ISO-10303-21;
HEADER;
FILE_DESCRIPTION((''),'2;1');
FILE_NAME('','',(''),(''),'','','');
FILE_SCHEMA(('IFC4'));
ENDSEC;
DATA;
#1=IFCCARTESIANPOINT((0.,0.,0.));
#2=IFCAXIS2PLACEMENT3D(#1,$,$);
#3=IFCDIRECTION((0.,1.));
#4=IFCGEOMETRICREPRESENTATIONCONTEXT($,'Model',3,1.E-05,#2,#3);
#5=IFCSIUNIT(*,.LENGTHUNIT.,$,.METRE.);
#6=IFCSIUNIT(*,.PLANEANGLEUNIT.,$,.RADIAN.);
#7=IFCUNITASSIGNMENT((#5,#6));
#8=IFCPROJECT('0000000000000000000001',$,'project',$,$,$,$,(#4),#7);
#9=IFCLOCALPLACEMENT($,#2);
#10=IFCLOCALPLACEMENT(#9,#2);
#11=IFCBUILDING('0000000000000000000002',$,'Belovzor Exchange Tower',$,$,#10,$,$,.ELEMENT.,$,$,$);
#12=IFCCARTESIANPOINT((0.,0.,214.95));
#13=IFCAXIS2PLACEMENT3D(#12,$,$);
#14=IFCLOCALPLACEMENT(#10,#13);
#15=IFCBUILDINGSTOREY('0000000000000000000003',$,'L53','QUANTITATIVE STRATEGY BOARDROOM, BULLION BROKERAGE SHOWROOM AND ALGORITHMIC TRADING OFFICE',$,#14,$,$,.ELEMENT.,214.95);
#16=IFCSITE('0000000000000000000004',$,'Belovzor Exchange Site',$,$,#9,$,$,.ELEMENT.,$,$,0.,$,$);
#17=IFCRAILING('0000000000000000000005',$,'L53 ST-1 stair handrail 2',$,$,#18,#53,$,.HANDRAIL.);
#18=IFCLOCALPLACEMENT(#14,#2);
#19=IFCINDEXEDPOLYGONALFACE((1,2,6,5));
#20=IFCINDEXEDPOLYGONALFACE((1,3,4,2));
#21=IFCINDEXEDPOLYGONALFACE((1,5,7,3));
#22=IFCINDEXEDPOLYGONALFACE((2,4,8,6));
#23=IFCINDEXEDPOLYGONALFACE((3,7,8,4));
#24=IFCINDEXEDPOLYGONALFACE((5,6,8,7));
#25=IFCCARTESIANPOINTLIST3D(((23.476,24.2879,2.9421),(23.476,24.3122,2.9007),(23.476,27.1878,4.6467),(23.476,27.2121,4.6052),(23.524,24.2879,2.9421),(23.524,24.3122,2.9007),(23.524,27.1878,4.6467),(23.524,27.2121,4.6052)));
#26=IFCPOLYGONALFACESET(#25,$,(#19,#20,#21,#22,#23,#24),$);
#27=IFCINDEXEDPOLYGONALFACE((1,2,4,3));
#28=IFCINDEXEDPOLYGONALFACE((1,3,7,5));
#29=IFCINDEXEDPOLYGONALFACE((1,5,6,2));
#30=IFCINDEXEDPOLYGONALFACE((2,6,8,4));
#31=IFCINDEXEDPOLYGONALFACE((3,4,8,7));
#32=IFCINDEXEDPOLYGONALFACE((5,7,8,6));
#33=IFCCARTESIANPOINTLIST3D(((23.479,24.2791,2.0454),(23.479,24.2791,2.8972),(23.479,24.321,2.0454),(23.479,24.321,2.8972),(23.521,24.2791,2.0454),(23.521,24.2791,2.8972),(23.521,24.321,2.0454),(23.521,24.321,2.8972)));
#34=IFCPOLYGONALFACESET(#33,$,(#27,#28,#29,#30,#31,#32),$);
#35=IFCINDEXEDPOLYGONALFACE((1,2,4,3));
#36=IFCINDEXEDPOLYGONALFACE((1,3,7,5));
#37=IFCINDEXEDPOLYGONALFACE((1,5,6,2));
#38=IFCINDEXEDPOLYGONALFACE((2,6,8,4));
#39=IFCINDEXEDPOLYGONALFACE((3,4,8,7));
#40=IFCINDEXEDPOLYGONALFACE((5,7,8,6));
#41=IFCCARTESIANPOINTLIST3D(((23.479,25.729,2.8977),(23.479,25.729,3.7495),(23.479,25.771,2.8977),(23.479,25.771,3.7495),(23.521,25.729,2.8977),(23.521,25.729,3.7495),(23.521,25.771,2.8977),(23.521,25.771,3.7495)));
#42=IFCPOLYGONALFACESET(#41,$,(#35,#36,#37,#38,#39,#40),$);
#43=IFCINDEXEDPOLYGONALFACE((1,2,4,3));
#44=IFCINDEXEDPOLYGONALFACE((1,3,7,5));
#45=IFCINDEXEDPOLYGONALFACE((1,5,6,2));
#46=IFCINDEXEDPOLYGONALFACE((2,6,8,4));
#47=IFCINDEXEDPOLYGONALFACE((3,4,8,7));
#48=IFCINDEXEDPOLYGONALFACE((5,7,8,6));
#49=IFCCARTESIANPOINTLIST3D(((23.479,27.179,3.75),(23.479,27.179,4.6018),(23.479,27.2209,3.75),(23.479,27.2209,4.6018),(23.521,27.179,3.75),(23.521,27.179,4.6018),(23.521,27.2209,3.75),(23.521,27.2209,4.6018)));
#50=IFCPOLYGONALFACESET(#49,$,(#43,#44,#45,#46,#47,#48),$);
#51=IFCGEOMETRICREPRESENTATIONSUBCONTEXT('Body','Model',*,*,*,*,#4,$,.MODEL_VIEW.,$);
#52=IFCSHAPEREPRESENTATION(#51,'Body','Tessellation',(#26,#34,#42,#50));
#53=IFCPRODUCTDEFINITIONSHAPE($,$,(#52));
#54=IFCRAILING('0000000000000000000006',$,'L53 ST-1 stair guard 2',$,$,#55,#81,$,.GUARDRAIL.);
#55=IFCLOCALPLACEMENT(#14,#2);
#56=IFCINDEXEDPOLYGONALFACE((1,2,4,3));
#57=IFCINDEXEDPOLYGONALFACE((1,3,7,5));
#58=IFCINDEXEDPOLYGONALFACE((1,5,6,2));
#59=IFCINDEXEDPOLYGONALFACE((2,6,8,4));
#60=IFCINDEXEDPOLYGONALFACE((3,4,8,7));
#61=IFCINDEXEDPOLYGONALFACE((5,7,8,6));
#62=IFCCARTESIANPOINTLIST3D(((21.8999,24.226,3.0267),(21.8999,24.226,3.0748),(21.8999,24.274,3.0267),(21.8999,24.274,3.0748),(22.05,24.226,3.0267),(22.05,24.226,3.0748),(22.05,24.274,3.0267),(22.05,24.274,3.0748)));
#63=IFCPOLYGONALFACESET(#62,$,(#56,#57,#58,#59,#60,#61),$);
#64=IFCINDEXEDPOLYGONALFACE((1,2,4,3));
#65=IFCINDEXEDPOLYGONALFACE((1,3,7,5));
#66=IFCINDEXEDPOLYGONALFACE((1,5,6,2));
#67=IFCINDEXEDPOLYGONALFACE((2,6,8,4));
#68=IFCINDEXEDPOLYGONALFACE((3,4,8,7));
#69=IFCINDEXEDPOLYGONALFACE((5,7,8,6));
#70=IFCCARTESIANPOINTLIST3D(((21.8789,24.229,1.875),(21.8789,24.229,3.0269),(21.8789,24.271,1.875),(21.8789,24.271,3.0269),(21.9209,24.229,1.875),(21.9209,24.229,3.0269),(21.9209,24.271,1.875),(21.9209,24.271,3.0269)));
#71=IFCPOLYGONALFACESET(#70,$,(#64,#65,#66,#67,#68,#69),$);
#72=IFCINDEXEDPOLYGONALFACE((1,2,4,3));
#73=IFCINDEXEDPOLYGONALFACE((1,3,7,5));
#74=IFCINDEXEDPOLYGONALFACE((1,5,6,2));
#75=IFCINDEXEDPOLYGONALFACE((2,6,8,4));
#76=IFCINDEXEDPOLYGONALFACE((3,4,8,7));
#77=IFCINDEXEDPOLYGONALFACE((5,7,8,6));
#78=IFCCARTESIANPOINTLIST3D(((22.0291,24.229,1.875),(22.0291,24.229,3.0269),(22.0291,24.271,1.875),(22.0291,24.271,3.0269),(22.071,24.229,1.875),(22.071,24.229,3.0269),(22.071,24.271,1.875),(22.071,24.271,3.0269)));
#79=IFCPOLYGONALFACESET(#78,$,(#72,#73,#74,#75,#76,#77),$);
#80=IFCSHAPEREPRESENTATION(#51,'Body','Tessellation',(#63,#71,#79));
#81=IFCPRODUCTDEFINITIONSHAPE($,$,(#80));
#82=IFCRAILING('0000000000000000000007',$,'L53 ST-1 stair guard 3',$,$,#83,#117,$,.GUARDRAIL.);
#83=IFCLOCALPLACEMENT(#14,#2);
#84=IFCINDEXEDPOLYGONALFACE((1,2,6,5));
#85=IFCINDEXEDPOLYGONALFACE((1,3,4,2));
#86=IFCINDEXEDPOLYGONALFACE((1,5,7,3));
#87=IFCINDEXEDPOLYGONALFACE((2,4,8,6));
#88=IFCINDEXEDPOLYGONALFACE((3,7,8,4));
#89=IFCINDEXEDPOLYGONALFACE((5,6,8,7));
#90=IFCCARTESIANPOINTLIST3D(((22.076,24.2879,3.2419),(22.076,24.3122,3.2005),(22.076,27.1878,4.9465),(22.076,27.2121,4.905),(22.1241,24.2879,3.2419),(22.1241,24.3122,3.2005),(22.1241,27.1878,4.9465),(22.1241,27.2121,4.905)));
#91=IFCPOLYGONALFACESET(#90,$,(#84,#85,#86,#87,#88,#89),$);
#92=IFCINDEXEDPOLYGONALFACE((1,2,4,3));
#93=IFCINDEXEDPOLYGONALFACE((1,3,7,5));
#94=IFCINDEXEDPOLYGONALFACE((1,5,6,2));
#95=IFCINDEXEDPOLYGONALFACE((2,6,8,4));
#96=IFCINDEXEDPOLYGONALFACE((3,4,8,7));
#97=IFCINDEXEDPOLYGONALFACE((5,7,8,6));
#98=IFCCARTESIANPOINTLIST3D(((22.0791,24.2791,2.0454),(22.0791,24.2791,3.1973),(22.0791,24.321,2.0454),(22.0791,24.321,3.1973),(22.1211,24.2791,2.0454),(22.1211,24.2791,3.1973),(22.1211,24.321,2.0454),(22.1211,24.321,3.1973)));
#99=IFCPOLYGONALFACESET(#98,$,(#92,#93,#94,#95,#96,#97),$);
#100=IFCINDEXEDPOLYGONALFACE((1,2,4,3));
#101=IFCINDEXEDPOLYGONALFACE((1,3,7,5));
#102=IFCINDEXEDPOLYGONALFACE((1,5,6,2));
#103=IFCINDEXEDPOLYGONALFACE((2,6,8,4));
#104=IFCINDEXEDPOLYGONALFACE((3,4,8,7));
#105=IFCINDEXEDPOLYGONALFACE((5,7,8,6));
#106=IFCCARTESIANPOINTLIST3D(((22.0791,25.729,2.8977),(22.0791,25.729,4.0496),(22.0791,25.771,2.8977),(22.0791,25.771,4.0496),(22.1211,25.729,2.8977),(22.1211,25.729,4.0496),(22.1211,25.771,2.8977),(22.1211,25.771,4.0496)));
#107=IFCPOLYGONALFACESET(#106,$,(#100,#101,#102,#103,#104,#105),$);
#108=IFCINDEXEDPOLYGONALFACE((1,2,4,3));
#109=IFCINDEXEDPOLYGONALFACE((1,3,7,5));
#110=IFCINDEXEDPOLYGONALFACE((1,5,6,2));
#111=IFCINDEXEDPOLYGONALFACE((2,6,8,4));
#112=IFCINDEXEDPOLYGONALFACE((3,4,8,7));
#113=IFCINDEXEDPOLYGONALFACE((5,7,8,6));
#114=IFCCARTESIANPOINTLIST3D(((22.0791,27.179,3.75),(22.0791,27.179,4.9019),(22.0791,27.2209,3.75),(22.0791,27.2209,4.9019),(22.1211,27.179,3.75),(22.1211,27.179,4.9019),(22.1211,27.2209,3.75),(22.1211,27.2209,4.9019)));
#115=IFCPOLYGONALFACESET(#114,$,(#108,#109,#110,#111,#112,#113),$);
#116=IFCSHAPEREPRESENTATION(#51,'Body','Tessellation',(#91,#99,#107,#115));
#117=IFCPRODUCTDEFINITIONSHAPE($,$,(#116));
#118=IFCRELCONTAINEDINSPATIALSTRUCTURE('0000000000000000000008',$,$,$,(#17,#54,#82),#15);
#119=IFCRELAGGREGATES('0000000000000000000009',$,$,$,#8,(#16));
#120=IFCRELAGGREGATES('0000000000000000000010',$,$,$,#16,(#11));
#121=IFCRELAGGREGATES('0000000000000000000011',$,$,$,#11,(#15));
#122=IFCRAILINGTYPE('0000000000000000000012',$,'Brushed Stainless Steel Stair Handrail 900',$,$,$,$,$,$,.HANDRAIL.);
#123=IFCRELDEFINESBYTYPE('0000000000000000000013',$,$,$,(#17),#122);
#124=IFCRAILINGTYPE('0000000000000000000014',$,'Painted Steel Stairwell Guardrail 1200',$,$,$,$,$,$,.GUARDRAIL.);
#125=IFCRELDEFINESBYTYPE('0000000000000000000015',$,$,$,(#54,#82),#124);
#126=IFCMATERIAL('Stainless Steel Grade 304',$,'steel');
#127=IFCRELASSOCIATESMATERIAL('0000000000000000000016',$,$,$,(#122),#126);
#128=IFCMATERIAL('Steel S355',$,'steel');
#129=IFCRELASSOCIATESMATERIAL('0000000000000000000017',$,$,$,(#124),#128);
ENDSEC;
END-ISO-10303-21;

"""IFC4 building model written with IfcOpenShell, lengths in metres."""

from ifc_helpers import new_model, si_unit, direction, frame, origin, origin_2d, place, context, subcontext, project, spatial, rectangle, extrude, material, type_object, element, save


model = new_model("IFC4")

# Units and contexts
model_context = context("Model", 3, precision=1e-05, world=origin(), true_north=direction((0.0, 1.0)))
body_context = subcontext(model_context, "Body", "Model", "MODEL_VIEW")
ifc_project = project(units=[si_unit("LENGTHUNIT", "METRE"), si_unit("PLANEANGLEUNIT", "RADIAN")], contexts=[model_context])

# Site, building, storey
site_placement = place(None, origin())
site = spatial("IfcSite", under=ifc_project, at=site_placement, Name="Belovzor Exchange Site", CompositionType="ELEMENT", RefElevation=0.0)
building_placement = place(site_placement, origin())
building = spatial("IfcBuilding", under=site, at=building_placement, Name="Belovzor Exchange Tower", CompositionType="ELEMENT")
storey_placement = place(building_placement, frame((0.0, 0.0, 214.95)))
storey = spatial("IfcBuildingStorey", under=building, at=storey_placement, Name="L53", Description="QUANTITATIVE STRATEGY BOARDROOM, BULLION BROKERAGE SHOWROOM AND ALGORITHMIC TRADING OFFICE", CompositionType="ELEMENT", Elevation=214.95)

# Railings
ifc_material_1 = material(Name="Stainless Steel Grade 304", Category="steel")
railing_type_1 = type_object("IfcRailingType", Name="Brushed Stainless Steel Stair Handrail 900", PredefinedType="HANDRAIL", material=ifc_material_1)
railing_1_placement = place(storey_placement, frame((23.5, 24.3, 2.0454)))
element("IfcRailing", 1, at=railing_1_placement, inside=storey, type_object=railing_type_1, Name="L53 ST-1 stair handrail 2", PredefinedType="HANDRAIL", context=body_context, shape_type="SweptSolid", body=[
    extrude(rectangle(XDim=0.0481, YDim=0.0481, at=origin_2d()), frame((0.0, 0.0, 0.876), z_axis=(0.0, 0.862095, 0.506747), x_axis=(-1.0, 0.0, 0.0)), (0.0, 0.0, 1.0), 3.3638),
    extrude(rectangle(XDim=0.042, YDim=0.042, at=origin_2d()), origin(), (0.0, 0.0, 1.0), 0.8518),
    extrude(rectangle(XDim=0.042, YDim=0.042, at=origin_2d()), frame((0.0, 1.45, 0.8523)), (0.0, 0.0, 1.0), 0.8518),
    extrude(rectangle(XDim=0.042, YDim=0.042, at=origin_2d()), frame((0.0, 2.8999, 1.7046)), (0.0, 0.0, 1.0), 0.8518),
])
ifc_material_2 = material(Name="Steel S355", Category="steel")
railing_type_2 = type_object("IfcRailingType", Name="Painted Steel Stairwell Guardrail 1200", PredefinedType="GUARDRAIL", material=ifc_material_2)
railing_2_placement = place(storey_placement, frame((21.8999, 24.25, 1.875)))
element("IfcRailing", 2, at=railing_2_placement, inside=storey, type_object=railing_type_2, Name="L53 ST-1 stair guard 2", PredefinedType="GUARDRAIL", context=body_context, shape_type="SweptSolid", body=[
    extrude(rectangle(XDim=0.0481, YDim=0.0481, at=origin_2d()), frame((0.0, 0.0, 1.1758), z_axis=(1.0, 0.0, 0.0), x_axis=(0.0, 1.0, 0.0)), (0.0, 0.0, 1.0), 0.1501),
    extrude(rectangle(XDim=0.042, YDim=0.042, at=origin_2d()), origin(), (0.0, 0.0, 1.0), 1.1519),
    extrude(rectangle(XDim=0.042, YDim=0.042, at=origin_2d()), frame((0.1501, 0.0, 0.0)), (0.0, 0.0, 1.0), 1.1519),
])
railing_3_placement = place(storey_placement, frame((22.1001, 24.3, 2.0454)))
element("IfcRailing", 3, at=railing_3_placement, inside=storey, type_object=railing_type_2, Name="L53 ST-1 stair guard 3", PredefinedType="GUARDRAIL", context=body_context, shape_type="SweptSolid", body=[
    extrude(rectangle(XDim=0.0481, YDim=0.0481, at=origin_2d()), frame((0.0, 0.0, 1.1758), z_axis=(0.0, 0.862095, 0.506747), x_axis=(-1.0, 0.0, 0.0)), (0.0, 0.0, 1.0), 3.3638),
    extrude(rectangle(XDim=0.042, YDim=0.042, at=origin_2d()), origin(), (0.0, 0.0, 1.0), 1.1519),
    extrude(rectangle(XDim=0.042, YDim=0.042, at=origin_2d()), frame((0.0, 1.45, 0.8523)), (0.0, 0.0, 1.0), 1.1519),
    extrude(rectangle(XDim=0.042, YDim=0.042, at=origin_2d()), frame((0.0, 2.8999, 1.7046)), (0.0, 0.0, 1.0), 1.1519),
])

save(model, "model.ifc")
